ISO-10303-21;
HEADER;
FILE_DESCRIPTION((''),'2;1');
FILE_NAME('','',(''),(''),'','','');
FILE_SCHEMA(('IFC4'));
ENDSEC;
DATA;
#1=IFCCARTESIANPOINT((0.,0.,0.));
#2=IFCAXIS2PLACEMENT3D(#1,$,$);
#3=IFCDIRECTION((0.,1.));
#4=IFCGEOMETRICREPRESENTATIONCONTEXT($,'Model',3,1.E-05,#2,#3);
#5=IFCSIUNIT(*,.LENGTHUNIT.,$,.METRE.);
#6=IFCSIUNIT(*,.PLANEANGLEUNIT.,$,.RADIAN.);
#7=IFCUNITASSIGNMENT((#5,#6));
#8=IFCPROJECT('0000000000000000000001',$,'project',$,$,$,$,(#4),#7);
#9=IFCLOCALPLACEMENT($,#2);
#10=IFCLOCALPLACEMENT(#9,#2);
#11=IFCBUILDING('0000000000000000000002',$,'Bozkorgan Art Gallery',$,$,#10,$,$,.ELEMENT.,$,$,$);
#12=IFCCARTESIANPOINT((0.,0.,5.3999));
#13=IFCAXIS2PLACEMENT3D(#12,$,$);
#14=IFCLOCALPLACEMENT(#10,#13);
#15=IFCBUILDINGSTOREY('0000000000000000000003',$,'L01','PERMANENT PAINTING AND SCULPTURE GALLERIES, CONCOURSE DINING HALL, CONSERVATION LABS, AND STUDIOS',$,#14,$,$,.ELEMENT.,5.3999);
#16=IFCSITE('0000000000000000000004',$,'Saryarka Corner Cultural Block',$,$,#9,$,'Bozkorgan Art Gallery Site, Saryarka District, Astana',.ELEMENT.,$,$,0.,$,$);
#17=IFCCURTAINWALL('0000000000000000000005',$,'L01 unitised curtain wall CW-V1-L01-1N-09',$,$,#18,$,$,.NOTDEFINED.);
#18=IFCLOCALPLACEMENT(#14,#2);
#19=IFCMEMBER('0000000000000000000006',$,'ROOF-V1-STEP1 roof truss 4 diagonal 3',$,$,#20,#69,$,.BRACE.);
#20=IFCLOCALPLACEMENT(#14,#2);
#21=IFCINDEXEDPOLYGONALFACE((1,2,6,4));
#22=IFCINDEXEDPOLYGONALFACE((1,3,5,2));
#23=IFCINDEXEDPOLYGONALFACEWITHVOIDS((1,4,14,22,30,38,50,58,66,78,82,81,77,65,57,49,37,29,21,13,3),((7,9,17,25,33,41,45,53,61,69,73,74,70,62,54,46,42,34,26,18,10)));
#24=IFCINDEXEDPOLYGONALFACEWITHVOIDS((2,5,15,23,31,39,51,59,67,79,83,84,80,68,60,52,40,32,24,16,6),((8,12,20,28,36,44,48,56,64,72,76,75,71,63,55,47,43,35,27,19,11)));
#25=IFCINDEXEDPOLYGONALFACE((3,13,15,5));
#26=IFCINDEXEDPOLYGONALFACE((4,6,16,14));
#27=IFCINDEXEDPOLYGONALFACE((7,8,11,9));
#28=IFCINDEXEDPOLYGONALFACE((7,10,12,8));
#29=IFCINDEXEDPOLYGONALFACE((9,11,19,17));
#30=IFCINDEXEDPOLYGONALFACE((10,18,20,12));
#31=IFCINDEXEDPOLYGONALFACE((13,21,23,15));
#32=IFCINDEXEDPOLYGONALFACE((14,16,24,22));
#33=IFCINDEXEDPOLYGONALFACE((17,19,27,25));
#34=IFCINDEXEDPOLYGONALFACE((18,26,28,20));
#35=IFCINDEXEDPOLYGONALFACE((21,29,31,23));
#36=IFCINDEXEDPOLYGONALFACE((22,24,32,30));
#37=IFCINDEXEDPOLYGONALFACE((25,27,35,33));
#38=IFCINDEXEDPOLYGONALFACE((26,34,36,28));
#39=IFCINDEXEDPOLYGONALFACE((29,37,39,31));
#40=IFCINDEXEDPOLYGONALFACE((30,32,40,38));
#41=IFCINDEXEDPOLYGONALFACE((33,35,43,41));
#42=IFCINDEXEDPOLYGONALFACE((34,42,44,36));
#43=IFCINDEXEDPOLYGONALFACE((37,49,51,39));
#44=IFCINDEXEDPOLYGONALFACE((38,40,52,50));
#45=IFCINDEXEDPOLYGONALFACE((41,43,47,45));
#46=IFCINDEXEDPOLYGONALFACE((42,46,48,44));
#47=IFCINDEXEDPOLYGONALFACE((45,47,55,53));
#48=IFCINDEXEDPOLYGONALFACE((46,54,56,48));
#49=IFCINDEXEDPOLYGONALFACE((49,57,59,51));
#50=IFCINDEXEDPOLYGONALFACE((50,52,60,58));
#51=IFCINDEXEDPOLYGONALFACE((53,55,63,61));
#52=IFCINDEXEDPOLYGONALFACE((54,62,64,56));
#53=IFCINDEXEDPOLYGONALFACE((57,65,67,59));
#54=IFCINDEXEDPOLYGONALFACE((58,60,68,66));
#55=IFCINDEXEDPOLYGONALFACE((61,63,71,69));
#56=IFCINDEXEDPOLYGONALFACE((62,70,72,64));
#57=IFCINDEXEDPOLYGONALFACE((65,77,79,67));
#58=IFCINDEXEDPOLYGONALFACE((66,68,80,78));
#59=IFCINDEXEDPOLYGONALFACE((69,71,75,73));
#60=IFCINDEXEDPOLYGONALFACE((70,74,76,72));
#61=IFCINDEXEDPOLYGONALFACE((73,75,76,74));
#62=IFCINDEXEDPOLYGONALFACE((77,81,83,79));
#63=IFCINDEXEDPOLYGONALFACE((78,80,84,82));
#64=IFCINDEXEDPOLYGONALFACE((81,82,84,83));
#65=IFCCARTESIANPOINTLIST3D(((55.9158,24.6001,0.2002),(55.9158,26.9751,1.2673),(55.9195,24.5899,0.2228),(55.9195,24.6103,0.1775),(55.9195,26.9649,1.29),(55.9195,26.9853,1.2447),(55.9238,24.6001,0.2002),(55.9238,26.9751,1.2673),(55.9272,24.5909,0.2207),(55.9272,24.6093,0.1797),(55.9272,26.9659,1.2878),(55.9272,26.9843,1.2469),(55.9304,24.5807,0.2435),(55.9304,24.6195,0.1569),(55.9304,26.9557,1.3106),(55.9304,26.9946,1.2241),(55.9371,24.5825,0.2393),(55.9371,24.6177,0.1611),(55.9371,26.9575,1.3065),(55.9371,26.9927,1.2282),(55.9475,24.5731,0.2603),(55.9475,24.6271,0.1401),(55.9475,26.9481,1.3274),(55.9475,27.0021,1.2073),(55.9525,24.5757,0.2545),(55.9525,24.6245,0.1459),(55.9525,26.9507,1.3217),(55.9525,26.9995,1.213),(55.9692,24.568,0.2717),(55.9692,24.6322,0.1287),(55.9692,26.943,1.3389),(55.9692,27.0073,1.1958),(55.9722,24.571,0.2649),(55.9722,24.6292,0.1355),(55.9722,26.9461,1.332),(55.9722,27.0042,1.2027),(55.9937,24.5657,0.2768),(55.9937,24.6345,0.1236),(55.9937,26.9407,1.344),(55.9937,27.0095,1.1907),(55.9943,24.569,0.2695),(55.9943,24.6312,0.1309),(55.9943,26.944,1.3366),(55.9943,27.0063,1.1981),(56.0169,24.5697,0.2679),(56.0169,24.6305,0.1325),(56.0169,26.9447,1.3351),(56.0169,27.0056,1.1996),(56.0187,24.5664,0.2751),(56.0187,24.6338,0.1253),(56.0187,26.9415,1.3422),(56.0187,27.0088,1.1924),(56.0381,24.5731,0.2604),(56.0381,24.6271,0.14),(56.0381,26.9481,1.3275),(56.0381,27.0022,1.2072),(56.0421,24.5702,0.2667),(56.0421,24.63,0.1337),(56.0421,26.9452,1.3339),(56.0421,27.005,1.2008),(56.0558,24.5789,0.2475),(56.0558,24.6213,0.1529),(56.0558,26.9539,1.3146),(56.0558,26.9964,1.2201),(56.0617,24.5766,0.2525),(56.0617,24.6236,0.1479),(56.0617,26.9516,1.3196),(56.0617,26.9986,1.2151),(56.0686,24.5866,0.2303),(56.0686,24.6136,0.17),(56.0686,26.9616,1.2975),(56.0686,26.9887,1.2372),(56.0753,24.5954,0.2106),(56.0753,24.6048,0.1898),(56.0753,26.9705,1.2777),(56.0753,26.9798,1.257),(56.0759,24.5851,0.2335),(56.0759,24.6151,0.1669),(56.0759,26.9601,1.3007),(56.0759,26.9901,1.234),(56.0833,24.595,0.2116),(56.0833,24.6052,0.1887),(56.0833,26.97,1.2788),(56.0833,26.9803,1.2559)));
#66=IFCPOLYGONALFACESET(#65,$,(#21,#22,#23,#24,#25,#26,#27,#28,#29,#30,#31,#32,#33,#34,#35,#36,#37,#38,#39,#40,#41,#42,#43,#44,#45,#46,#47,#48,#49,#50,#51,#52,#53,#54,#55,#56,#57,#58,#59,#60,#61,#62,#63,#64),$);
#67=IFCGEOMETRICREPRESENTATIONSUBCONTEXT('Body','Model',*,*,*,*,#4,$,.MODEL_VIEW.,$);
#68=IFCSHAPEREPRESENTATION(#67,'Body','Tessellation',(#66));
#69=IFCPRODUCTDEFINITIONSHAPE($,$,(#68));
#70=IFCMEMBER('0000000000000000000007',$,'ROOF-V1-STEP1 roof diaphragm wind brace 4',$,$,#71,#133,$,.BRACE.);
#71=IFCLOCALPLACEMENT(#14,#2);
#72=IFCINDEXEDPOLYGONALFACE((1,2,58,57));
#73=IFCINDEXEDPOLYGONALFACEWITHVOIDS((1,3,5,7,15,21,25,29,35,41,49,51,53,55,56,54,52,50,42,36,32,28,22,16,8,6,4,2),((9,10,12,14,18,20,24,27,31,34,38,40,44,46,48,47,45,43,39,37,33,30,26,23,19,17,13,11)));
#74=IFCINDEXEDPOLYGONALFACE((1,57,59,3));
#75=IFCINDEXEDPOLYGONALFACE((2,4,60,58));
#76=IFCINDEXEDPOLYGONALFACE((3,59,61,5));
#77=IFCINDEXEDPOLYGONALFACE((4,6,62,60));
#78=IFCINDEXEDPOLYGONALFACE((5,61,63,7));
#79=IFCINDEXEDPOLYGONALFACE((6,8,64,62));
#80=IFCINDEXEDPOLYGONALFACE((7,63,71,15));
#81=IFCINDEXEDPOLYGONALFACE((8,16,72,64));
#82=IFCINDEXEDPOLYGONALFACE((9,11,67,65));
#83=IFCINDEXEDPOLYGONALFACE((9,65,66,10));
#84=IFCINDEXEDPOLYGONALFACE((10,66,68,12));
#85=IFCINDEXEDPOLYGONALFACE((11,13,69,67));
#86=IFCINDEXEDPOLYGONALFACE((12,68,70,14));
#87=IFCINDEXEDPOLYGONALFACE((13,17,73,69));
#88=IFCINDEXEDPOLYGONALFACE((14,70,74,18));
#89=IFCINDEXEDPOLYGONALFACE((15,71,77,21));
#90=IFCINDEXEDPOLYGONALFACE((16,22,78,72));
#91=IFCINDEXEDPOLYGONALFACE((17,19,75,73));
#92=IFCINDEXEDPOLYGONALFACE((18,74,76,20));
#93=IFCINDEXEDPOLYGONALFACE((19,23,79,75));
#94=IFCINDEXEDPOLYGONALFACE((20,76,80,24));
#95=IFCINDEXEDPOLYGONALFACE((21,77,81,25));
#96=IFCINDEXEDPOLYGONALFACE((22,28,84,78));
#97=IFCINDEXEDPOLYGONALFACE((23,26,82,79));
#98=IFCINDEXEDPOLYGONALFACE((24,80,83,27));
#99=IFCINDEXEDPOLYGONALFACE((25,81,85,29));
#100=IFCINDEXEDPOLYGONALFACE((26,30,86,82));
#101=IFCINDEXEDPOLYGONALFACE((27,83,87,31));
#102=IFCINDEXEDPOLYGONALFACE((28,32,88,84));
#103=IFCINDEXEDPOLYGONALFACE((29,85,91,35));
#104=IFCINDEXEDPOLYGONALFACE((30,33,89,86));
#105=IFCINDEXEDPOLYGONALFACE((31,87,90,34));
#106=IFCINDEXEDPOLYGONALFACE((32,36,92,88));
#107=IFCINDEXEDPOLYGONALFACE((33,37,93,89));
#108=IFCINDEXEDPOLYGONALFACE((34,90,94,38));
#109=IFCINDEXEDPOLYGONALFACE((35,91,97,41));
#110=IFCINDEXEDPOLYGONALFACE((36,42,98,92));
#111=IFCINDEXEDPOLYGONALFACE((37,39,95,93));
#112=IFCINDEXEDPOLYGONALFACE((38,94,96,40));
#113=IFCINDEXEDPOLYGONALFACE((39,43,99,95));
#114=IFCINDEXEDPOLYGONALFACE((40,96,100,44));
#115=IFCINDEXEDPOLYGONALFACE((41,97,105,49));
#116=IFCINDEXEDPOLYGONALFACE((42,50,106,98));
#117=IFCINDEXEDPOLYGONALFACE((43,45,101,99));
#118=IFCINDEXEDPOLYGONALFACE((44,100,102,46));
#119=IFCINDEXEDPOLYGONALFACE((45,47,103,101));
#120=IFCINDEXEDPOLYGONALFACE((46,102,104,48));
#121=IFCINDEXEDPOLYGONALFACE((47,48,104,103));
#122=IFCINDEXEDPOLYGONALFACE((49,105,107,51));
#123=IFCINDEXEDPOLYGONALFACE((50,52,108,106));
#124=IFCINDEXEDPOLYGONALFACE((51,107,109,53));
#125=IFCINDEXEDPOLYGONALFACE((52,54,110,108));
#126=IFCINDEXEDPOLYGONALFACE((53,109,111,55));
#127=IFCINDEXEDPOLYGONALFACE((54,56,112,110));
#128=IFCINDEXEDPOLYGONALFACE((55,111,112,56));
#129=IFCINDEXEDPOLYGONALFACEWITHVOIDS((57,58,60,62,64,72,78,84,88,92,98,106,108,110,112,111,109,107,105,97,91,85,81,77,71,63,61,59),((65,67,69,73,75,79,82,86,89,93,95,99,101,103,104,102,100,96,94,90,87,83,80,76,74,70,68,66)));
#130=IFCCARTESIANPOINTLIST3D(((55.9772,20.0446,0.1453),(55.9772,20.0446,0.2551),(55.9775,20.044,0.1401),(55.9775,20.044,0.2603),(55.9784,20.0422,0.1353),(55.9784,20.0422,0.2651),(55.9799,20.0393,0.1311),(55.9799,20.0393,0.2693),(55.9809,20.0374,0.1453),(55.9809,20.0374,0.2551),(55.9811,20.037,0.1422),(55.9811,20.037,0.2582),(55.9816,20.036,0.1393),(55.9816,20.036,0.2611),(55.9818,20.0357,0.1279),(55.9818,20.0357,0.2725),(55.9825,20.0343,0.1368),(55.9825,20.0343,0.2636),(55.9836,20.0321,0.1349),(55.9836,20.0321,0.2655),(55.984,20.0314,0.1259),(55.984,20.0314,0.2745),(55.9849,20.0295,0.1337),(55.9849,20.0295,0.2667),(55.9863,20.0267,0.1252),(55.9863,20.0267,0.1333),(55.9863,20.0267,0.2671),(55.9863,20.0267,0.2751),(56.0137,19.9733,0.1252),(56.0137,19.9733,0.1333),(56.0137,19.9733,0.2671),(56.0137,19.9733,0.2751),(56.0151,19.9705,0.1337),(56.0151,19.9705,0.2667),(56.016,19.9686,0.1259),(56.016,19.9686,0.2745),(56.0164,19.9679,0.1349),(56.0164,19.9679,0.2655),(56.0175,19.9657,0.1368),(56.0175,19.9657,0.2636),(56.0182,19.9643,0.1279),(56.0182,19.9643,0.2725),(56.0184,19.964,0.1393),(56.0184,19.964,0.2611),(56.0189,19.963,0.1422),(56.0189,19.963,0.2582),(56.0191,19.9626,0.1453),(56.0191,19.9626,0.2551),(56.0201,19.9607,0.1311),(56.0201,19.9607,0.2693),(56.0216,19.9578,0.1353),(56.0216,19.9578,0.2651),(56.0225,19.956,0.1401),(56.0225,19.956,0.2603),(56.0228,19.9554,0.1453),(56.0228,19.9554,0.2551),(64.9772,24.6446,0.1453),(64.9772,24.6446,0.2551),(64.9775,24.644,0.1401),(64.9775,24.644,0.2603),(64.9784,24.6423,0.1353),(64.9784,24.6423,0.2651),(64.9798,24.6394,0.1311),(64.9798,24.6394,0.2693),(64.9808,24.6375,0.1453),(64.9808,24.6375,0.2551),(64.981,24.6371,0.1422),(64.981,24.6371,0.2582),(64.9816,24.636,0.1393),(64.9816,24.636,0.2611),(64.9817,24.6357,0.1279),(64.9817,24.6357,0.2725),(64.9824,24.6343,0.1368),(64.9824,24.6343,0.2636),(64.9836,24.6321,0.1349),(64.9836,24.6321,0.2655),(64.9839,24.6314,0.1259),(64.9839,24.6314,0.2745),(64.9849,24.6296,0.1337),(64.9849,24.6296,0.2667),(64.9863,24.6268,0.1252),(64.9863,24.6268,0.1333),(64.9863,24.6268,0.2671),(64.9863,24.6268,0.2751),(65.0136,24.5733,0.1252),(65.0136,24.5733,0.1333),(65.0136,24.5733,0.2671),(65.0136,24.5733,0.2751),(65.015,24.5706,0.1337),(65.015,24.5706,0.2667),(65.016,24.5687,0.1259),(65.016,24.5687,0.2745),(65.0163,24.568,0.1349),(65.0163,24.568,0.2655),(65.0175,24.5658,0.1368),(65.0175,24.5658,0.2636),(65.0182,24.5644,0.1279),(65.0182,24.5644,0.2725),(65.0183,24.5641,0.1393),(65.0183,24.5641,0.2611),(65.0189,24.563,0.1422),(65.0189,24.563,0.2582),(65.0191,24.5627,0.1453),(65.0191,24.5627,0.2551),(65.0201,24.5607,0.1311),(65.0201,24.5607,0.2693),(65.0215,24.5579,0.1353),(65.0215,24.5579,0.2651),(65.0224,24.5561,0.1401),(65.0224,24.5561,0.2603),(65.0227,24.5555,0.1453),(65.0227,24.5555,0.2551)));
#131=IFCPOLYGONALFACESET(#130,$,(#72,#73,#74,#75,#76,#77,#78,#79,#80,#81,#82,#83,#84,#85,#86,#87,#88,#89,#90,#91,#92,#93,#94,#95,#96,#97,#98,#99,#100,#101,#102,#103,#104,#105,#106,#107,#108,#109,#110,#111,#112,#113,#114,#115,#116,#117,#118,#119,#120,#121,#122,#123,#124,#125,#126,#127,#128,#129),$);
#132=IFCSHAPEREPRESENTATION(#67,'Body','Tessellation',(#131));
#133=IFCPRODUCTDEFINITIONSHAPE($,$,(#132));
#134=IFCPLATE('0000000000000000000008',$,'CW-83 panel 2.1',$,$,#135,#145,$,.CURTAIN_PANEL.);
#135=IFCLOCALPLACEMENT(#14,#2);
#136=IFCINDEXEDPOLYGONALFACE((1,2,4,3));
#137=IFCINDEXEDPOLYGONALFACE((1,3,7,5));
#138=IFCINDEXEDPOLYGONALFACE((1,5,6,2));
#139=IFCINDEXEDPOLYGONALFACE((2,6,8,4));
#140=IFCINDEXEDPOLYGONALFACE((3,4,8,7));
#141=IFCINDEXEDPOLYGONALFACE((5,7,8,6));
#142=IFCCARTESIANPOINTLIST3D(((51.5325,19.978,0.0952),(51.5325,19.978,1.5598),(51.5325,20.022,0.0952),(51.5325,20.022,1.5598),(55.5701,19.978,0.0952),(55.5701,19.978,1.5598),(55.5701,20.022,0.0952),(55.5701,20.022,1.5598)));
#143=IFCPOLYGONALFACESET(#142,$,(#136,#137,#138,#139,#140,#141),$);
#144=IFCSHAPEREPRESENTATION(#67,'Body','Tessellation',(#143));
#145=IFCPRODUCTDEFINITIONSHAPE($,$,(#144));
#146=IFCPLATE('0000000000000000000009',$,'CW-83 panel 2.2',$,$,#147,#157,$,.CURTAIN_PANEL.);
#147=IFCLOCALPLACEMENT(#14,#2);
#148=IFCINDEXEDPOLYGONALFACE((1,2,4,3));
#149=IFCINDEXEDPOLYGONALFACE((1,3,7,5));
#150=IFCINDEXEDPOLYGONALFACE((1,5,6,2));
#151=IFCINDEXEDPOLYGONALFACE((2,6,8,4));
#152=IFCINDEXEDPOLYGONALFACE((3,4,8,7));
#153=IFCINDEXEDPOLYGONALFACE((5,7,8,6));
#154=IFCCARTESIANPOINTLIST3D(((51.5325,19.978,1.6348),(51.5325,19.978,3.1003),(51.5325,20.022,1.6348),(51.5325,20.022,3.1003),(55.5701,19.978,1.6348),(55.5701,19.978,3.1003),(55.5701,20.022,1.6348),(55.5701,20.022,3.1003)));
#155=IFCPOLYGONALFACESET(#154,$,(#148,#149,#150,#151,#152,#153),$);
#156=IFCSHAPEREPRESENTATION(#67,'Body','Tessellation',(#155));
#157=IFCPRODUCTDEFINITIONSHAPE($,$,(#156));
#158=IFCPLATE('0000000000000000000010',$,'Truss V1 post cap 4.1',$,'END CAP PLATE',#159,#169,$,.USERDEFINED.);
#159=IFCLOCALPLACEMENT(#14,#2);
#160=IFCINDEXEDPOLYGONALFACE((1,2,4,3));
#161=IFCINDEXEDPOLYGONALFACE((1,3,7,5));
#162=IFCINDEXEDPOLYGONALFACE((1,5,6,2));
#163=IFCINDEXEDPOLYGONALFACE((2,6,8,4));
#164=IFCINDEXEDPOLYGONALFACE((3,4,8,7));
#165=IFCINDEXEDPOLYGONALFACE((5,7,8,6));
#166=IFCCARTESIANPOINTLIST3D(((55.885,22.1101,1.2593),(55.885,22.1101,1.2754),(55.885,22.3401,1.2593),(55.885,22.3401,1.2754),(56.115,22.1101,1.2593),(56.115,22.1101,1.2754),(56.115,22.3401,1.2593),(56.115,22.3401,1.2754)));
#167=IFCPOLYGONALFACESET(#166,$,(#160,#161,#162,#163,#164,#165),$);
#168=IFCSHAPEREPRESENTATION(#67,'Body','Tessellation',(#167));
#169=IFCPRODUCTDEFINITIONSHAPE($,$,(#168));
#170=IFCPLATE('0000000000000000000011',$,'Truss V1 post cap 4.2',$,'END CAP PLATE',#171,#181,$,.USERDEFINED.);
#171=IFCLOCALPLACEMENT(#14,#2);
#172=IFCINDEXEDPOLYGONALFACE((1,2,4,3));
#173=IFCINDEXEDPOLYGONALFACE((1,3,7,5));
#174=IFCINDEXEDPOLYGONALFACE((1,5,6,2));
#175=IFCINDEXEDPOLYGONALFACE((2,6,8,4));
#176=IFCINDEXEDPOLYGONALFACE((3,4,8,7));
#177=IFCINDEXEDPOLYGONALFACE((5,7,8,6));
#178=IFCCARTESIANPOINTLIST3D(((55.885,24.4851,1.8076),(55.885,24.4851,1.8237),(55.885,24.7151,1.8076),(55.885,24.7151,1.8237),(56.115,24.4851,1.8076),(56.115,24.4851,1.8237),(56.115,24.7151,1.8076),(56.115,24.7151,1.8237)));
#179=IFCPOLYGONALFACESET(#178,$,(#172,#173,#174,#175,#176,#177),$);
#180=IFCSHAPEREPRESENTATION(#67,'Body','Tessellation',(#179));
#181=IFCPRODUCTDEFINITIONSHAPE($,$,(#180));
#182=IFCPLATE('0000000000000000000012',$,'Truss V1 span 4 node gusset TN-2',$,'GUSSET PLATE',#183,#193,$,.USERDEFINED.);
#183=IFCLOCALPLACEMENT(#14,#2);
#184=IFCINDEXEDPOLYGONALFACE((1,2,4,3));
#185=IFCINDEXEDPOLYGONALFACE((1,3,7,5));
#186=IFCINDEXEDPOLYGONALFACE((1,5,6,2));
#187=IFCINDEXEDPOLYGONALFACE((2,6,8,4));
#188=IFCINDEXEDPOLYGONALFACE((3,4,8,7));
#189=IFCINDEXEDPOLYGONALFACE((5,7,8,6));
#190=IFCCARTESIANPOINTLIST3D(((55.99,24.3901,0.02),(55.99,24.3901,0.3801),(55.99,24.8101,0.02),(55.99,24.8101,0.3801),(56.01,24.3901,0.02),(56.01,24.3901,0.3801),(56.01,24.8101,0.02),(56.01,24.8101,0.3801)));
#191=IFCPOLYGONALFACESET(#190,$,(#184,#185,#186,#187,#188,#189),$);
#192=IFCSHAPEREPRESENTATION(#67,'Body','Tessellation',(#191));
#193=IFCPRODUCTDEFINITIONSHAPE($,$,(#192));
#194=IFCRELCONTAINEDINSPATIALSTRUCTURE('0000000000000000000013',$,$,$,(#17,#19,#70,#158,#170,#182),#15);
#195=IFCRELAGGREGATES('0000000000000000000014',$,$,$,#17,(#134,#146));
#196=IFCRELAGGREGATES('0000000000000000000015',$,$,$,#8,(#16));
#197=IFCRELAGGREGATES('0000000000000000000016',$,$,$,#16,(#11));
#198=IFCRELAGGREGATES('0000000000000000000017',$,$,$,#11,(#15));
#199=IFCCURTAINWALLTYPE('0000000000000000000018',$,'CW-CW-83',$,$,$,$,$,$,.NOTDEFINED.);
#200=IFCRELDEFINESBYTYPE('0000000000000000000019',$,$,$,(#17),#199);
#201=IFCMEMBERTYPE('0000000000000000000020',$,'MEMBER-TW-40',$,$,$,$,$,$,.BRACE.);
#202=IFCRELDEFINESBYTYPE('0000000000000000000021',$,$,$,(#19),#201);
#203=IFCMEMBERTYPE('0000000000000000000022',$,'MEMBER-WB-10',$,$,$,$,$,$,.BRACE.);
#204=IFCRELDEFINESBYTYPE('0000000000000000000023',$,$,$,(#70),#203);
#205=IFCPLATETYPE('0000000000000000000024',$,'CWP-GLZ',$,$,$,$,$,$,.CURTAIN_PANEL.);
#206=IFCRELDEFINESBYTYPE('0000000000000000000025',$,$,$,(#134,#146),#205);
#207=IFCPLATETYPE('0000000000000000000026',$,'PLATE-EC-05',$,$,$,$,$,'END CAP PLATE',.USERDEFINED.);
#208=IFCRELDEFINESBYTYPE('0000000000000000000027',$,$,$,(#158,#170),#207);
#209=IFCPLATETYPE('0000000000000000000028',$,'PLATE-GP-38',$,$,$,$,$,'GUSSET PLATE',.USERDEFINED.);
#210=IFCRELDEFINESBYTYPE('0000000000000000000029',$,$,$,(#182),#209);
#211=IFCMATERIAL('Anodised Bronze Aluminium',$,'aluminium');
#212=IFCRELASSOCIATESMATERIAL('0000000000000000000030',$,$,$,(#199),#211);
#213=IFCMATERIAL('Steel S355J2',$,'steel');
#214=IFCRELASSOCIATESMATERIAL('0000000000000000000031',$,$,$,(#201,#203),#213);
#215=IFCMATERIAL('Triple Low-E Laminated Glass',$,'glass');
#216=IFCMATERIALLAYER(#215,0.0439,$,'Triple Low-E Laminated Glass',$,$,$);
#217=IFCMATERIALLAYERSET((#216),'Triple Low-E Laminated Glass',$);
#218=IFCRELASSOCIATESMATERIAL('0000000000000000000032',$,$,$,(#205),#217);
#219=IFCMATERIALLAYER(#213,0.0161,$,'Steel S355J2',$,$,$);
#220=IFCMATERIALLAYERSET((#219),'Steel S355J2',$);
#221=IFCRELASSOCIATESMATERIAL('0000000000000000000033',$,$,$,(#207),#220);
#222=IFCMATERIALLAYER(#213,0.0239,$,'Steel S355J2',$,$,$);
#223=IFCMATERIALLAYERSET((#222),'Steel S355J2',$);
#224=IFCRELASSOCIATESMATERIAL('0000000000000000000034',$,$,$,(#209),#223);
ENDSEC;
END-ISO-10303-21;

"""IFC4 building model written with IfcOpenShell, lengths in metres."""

from ifc_helpers import new_model, si_unit, direction, frame, origin, origin_2d, place, context, subcontext, project, spatial, rectangle, hollow_rectangle, hollow_circle, extrude, material, layer, layer_set, material_profile, profile_set, type_object, element, aggregate, save


model = new_model("IFC4")

# Units and contexts
model_context = context("Model", 3, precision=1e-05, world=origin(), true_north=direction((0.0, 1.0)))
body_context = subcontext(model_context, "Body", "Model", "MODEL_VIEW")
ifc_project = project(units=[si_unit("LENGTHUNIT", "METRE"), si_unit("PLANEANGLEUNIT", "RADIAN")], contexts=[model_context])

# Site, building, storey
site_placement = place(None, origin())
site = spatial("IfcSite", under=ifc_project, at=site_placement, Name="Saryarka Corner Cultural Block", LongName="Bozkorgan Art Gallery Site, Saryarka District, Astana", CompositionType="ELEMENT", RefElevation=0.0)
building_placement = place(site_placement, origin())
building = spatial("IfcBuilding", under=site, at=building_placement, Name="Bozkorgan Art Gallery", CompositionType="ELEMENT")
storey_placement = place(building_placement, frame((0.0, 0.0, 5.3999)))
storey = spatial("IfcBuildingStorey", under=building, at=storey_placement, Name="L01", Description="PERMANENT PAINTING AND SCULPTURE GALLERIES, CONCOURSE DINING HALL, CONSERVATION LABS, AND STUDIOS", CompositionType="ELEMENT", Elevation=5.3999)

# Shared definitions
ifc_material_1 = material(Name="Steel S355J2", Category="steel")

# Curtain wall
ifc_material_2 = material(Name="Anodised Bronze Aluminium", Category="aluminium")
curtain_wall_type_1 = type_object("IfcCurtainWallType", Name="CW-CW-83", PredefinedType="NOTDEFINED", material=ifc_material_2)
curtain_wall_1_placement = place(storey_placement, origin())
curtain_wall_1 = element("IfcCurtainWall", 1, at=curtain_wall_1_placement, inside=storey, type_object=curtain_wall_type_1, Name="L01 unitised curtain wall CW-V1-L01-1N-09", PredefinedType="NOTDEFINED")

# Members
ifc_material_profile_1 = material_profile(ifc_material_1, hollow_circle(Radius=0.0842, WallThickness=0.0081, at=origin_2d()), Name="CHS 168.3x8")
ifc_profile_set_1 = profile_set([ifc_material_profile_1], Name="Steel S355J2")
member_type_1 = type_object("IfcMemberType", Name="MEMBER-TW-40", PredefinedType="BRACE", material=ifc_profile_set_1)
for number, where, z_axis, x_axis, name in (
    (2, (56.0, 24.6001, 0.2002), (0.0, 0.912153, 0.40985), (-1.0, 0.0, 0.0), "ROOF-V1-STEP1 roof truss 4 diagonal 3"),
):
    element("IfcMember", number, at=place(storey_placement, frame(where, z_axis=z_axis, x_axis=x_axis)), inside=storey, type_object=member_type_1, Name=name, PredefinedType="BRACE", context=body_context, shape_type="SweptSolid", body=[
        extrude(hollow_circle(Radius=0.0842, WallThickness=0.0081, at=origin_2d()), origin(), (0.0, 0.0, 1.0), 2.6038),
    ])
ifc_material_profile_2 = material_profile(ifc_material_1, hollow_rectangle(XDim=0.1001, YDim=0.1499, WallThickness=0.0081, InnerFilletRadius=0.012, OuterFilletRadius=0.02, at=origin_2d()), Name="RHS 150x100x8")
ifc_profile_set_2 = profile_set([ifc_material_profile_2], Name="Steel S355J2")
member_type_2 = type_object("IfcMemberType", Name="MEMBER-WB-10", PredefinedType="BRACE", material=ifc_profile_set_2)
member_1_placement = place(storey_placement, frame((56.0, 20.0, 0.2002), z_axis=(0.890431, 0.455119, 0.0), x_axis=(-0.455119, 0.890431, 0.0)))
element("IfcMember", 3, at=member_1_placement, inside=storey, type_object=member_type_2, Name="ROOF-V1-STEP1 roof diaphragm wind brace 4", PredefinedType="BRACE", context=body_context, shape_type="SweptSolid", body=[
    extrude(hollow_rectangle(XDim=0.1001, YDim=0.1499, WallThickness=0.0081, InnerFilletRadius=0.012, OuterFilletRadius=0.02, at=origin_2d()), origin(), (0.0, 0.0, 1.0), 10.1074),
])

# Plates
ifc_material_3 = material(Name="Triple Low-E Laminated Glass", Category="glass")
ifc_layer_1 = layer(ifc_material_3, 0.0439, Name="Triple Low-E Laminated Glass")
ifc_layer_set_1 = layer_set([ifc_layer_1], Name="Triple Low-E Laminated Glass")
plate_type_1 = type_object("IfcPlateType", Name="CWP-GLZ", PredefinedType="CURTAIN_PANEL", material=ifc_layer_set_1)
plate_1_placement = place(storey_placement, frame((53.5513, 20.0, 0.0952), z_axis=(0.0, 0.0, 1.0), x_axis=(1.0, 0.0, 0.0)))
plate_1 = element("IfcPlate", 4, at=plate_1_placement, type_object=plate_type_1, Name="CW-83 panel 2.1", PredefinedType="CURTAIN_PANEL", context=body_context, shape_type="SweptSolid", body=[
    extrude(rectangle(XDim=4.0376, YDim=0.0439, at=origin_2d()), origin(), (0.0, 0.0, 1.0), 1.4646),
])
plate_2_placement = place(storey_placement, frame((53.5513, 20.0, 1.6348), z_axis=(0.0, 0.0, 1.0), x_axis=(1.0, 0.0, 0.0)))
plate_2 = element("IfcPlate", 5, at=plate_2_placement, type_object=plate_type_1, Name="CW-83 panel 2.2", PredefinedType="CURTAIN_PANEL", context=body_context, shape_type="SweptSolid", body=[
    extrude(rectangle(XDim=4.0376, YDim=0.0439, at=origin_2d()), origin(), (0.0, 0.0, 1.0), 1.4656),
])
aggregate(curtain_wall_1, [plate_1, plate_2])

# Plates
ifc_layer_2 = layer(ifc_material_1, 0.0161, Name="Steel S355J2")
ifc_layer_set_2 = layer_set([ifc_layer_2], Name="Steel S355J2")
plate_type_2 = type_object("IfcPlateType", Name="PLATE-EC-05", ElementType="END CAP PLATE", PredefinedType="USERDEFINED", material=ifc_layer_set_2)
for number, where, z_axis, x_axis, name in (
    (6, (56.0, 22.2251, 1.2593), (0.0, 0.0, 1.0), (1.0, 0.0, 0.0), "Truss V1 post cap 4.1"),
    (7, (56.0, 24.6001, 1.8076), (0.0, 0.0, 1.0), (1.0, 0.0, 0.0), "Truss V1 post cap 4.2"),
):
    element("IfcPlate", number, at=place(storey_placement, frame(where, z_axis=z_axis, x_axis=x_axis)), inside=storey, type_object=plate_type_2, Name=name, ObjectType="END CAP PLATE", PredefinedType="USERDEFINED", context=body_context, shape_type="SweptSolid", body=[
        extrude(rectangle(XDim=0.23, YDim=0.23, at=origin_2d()), origin(), (0.0, 0.0, 1.0), 0.0161),
    ])
ifc_layer_3 = layer(ifc_material_1, 0.0239, Name="Steel S355J2")
ifc_layer_set_3 = layer_set([ifc_layer_3], Name="Steel S355J2")
plate_type_3 = type_object("IfcPlateType", Name="PLATE-GP-38", ElementType="GUSSET PLATE", PredefinedType="USERDEFINED", material=ifc_layer_set_3)
plate_3_placement = place(storey_placement, frame((56.0, 24.6001, 0.02), z_axis=(0.0, 0.0, 1.0), x_axis=(1.0, 0.0, 0.0)))
element("IfcPlate", 8, at=plate_3_placement, inside=storey, type_object=plate_type_3, Name="Truss V1 span 4 node gusset TN-2", ObjectType="GUSSET PLATE", PredefinedType="USERDEFINED", context=body_context, shape_type="SweptSolid", body=[
    extrude(rectangle(XDim=0.02, YDim=0.4199, at=origin_2d()), origin(), (0.0, 0.0, 1.0), 0.3601),
])

save(model, "model.ifc")
